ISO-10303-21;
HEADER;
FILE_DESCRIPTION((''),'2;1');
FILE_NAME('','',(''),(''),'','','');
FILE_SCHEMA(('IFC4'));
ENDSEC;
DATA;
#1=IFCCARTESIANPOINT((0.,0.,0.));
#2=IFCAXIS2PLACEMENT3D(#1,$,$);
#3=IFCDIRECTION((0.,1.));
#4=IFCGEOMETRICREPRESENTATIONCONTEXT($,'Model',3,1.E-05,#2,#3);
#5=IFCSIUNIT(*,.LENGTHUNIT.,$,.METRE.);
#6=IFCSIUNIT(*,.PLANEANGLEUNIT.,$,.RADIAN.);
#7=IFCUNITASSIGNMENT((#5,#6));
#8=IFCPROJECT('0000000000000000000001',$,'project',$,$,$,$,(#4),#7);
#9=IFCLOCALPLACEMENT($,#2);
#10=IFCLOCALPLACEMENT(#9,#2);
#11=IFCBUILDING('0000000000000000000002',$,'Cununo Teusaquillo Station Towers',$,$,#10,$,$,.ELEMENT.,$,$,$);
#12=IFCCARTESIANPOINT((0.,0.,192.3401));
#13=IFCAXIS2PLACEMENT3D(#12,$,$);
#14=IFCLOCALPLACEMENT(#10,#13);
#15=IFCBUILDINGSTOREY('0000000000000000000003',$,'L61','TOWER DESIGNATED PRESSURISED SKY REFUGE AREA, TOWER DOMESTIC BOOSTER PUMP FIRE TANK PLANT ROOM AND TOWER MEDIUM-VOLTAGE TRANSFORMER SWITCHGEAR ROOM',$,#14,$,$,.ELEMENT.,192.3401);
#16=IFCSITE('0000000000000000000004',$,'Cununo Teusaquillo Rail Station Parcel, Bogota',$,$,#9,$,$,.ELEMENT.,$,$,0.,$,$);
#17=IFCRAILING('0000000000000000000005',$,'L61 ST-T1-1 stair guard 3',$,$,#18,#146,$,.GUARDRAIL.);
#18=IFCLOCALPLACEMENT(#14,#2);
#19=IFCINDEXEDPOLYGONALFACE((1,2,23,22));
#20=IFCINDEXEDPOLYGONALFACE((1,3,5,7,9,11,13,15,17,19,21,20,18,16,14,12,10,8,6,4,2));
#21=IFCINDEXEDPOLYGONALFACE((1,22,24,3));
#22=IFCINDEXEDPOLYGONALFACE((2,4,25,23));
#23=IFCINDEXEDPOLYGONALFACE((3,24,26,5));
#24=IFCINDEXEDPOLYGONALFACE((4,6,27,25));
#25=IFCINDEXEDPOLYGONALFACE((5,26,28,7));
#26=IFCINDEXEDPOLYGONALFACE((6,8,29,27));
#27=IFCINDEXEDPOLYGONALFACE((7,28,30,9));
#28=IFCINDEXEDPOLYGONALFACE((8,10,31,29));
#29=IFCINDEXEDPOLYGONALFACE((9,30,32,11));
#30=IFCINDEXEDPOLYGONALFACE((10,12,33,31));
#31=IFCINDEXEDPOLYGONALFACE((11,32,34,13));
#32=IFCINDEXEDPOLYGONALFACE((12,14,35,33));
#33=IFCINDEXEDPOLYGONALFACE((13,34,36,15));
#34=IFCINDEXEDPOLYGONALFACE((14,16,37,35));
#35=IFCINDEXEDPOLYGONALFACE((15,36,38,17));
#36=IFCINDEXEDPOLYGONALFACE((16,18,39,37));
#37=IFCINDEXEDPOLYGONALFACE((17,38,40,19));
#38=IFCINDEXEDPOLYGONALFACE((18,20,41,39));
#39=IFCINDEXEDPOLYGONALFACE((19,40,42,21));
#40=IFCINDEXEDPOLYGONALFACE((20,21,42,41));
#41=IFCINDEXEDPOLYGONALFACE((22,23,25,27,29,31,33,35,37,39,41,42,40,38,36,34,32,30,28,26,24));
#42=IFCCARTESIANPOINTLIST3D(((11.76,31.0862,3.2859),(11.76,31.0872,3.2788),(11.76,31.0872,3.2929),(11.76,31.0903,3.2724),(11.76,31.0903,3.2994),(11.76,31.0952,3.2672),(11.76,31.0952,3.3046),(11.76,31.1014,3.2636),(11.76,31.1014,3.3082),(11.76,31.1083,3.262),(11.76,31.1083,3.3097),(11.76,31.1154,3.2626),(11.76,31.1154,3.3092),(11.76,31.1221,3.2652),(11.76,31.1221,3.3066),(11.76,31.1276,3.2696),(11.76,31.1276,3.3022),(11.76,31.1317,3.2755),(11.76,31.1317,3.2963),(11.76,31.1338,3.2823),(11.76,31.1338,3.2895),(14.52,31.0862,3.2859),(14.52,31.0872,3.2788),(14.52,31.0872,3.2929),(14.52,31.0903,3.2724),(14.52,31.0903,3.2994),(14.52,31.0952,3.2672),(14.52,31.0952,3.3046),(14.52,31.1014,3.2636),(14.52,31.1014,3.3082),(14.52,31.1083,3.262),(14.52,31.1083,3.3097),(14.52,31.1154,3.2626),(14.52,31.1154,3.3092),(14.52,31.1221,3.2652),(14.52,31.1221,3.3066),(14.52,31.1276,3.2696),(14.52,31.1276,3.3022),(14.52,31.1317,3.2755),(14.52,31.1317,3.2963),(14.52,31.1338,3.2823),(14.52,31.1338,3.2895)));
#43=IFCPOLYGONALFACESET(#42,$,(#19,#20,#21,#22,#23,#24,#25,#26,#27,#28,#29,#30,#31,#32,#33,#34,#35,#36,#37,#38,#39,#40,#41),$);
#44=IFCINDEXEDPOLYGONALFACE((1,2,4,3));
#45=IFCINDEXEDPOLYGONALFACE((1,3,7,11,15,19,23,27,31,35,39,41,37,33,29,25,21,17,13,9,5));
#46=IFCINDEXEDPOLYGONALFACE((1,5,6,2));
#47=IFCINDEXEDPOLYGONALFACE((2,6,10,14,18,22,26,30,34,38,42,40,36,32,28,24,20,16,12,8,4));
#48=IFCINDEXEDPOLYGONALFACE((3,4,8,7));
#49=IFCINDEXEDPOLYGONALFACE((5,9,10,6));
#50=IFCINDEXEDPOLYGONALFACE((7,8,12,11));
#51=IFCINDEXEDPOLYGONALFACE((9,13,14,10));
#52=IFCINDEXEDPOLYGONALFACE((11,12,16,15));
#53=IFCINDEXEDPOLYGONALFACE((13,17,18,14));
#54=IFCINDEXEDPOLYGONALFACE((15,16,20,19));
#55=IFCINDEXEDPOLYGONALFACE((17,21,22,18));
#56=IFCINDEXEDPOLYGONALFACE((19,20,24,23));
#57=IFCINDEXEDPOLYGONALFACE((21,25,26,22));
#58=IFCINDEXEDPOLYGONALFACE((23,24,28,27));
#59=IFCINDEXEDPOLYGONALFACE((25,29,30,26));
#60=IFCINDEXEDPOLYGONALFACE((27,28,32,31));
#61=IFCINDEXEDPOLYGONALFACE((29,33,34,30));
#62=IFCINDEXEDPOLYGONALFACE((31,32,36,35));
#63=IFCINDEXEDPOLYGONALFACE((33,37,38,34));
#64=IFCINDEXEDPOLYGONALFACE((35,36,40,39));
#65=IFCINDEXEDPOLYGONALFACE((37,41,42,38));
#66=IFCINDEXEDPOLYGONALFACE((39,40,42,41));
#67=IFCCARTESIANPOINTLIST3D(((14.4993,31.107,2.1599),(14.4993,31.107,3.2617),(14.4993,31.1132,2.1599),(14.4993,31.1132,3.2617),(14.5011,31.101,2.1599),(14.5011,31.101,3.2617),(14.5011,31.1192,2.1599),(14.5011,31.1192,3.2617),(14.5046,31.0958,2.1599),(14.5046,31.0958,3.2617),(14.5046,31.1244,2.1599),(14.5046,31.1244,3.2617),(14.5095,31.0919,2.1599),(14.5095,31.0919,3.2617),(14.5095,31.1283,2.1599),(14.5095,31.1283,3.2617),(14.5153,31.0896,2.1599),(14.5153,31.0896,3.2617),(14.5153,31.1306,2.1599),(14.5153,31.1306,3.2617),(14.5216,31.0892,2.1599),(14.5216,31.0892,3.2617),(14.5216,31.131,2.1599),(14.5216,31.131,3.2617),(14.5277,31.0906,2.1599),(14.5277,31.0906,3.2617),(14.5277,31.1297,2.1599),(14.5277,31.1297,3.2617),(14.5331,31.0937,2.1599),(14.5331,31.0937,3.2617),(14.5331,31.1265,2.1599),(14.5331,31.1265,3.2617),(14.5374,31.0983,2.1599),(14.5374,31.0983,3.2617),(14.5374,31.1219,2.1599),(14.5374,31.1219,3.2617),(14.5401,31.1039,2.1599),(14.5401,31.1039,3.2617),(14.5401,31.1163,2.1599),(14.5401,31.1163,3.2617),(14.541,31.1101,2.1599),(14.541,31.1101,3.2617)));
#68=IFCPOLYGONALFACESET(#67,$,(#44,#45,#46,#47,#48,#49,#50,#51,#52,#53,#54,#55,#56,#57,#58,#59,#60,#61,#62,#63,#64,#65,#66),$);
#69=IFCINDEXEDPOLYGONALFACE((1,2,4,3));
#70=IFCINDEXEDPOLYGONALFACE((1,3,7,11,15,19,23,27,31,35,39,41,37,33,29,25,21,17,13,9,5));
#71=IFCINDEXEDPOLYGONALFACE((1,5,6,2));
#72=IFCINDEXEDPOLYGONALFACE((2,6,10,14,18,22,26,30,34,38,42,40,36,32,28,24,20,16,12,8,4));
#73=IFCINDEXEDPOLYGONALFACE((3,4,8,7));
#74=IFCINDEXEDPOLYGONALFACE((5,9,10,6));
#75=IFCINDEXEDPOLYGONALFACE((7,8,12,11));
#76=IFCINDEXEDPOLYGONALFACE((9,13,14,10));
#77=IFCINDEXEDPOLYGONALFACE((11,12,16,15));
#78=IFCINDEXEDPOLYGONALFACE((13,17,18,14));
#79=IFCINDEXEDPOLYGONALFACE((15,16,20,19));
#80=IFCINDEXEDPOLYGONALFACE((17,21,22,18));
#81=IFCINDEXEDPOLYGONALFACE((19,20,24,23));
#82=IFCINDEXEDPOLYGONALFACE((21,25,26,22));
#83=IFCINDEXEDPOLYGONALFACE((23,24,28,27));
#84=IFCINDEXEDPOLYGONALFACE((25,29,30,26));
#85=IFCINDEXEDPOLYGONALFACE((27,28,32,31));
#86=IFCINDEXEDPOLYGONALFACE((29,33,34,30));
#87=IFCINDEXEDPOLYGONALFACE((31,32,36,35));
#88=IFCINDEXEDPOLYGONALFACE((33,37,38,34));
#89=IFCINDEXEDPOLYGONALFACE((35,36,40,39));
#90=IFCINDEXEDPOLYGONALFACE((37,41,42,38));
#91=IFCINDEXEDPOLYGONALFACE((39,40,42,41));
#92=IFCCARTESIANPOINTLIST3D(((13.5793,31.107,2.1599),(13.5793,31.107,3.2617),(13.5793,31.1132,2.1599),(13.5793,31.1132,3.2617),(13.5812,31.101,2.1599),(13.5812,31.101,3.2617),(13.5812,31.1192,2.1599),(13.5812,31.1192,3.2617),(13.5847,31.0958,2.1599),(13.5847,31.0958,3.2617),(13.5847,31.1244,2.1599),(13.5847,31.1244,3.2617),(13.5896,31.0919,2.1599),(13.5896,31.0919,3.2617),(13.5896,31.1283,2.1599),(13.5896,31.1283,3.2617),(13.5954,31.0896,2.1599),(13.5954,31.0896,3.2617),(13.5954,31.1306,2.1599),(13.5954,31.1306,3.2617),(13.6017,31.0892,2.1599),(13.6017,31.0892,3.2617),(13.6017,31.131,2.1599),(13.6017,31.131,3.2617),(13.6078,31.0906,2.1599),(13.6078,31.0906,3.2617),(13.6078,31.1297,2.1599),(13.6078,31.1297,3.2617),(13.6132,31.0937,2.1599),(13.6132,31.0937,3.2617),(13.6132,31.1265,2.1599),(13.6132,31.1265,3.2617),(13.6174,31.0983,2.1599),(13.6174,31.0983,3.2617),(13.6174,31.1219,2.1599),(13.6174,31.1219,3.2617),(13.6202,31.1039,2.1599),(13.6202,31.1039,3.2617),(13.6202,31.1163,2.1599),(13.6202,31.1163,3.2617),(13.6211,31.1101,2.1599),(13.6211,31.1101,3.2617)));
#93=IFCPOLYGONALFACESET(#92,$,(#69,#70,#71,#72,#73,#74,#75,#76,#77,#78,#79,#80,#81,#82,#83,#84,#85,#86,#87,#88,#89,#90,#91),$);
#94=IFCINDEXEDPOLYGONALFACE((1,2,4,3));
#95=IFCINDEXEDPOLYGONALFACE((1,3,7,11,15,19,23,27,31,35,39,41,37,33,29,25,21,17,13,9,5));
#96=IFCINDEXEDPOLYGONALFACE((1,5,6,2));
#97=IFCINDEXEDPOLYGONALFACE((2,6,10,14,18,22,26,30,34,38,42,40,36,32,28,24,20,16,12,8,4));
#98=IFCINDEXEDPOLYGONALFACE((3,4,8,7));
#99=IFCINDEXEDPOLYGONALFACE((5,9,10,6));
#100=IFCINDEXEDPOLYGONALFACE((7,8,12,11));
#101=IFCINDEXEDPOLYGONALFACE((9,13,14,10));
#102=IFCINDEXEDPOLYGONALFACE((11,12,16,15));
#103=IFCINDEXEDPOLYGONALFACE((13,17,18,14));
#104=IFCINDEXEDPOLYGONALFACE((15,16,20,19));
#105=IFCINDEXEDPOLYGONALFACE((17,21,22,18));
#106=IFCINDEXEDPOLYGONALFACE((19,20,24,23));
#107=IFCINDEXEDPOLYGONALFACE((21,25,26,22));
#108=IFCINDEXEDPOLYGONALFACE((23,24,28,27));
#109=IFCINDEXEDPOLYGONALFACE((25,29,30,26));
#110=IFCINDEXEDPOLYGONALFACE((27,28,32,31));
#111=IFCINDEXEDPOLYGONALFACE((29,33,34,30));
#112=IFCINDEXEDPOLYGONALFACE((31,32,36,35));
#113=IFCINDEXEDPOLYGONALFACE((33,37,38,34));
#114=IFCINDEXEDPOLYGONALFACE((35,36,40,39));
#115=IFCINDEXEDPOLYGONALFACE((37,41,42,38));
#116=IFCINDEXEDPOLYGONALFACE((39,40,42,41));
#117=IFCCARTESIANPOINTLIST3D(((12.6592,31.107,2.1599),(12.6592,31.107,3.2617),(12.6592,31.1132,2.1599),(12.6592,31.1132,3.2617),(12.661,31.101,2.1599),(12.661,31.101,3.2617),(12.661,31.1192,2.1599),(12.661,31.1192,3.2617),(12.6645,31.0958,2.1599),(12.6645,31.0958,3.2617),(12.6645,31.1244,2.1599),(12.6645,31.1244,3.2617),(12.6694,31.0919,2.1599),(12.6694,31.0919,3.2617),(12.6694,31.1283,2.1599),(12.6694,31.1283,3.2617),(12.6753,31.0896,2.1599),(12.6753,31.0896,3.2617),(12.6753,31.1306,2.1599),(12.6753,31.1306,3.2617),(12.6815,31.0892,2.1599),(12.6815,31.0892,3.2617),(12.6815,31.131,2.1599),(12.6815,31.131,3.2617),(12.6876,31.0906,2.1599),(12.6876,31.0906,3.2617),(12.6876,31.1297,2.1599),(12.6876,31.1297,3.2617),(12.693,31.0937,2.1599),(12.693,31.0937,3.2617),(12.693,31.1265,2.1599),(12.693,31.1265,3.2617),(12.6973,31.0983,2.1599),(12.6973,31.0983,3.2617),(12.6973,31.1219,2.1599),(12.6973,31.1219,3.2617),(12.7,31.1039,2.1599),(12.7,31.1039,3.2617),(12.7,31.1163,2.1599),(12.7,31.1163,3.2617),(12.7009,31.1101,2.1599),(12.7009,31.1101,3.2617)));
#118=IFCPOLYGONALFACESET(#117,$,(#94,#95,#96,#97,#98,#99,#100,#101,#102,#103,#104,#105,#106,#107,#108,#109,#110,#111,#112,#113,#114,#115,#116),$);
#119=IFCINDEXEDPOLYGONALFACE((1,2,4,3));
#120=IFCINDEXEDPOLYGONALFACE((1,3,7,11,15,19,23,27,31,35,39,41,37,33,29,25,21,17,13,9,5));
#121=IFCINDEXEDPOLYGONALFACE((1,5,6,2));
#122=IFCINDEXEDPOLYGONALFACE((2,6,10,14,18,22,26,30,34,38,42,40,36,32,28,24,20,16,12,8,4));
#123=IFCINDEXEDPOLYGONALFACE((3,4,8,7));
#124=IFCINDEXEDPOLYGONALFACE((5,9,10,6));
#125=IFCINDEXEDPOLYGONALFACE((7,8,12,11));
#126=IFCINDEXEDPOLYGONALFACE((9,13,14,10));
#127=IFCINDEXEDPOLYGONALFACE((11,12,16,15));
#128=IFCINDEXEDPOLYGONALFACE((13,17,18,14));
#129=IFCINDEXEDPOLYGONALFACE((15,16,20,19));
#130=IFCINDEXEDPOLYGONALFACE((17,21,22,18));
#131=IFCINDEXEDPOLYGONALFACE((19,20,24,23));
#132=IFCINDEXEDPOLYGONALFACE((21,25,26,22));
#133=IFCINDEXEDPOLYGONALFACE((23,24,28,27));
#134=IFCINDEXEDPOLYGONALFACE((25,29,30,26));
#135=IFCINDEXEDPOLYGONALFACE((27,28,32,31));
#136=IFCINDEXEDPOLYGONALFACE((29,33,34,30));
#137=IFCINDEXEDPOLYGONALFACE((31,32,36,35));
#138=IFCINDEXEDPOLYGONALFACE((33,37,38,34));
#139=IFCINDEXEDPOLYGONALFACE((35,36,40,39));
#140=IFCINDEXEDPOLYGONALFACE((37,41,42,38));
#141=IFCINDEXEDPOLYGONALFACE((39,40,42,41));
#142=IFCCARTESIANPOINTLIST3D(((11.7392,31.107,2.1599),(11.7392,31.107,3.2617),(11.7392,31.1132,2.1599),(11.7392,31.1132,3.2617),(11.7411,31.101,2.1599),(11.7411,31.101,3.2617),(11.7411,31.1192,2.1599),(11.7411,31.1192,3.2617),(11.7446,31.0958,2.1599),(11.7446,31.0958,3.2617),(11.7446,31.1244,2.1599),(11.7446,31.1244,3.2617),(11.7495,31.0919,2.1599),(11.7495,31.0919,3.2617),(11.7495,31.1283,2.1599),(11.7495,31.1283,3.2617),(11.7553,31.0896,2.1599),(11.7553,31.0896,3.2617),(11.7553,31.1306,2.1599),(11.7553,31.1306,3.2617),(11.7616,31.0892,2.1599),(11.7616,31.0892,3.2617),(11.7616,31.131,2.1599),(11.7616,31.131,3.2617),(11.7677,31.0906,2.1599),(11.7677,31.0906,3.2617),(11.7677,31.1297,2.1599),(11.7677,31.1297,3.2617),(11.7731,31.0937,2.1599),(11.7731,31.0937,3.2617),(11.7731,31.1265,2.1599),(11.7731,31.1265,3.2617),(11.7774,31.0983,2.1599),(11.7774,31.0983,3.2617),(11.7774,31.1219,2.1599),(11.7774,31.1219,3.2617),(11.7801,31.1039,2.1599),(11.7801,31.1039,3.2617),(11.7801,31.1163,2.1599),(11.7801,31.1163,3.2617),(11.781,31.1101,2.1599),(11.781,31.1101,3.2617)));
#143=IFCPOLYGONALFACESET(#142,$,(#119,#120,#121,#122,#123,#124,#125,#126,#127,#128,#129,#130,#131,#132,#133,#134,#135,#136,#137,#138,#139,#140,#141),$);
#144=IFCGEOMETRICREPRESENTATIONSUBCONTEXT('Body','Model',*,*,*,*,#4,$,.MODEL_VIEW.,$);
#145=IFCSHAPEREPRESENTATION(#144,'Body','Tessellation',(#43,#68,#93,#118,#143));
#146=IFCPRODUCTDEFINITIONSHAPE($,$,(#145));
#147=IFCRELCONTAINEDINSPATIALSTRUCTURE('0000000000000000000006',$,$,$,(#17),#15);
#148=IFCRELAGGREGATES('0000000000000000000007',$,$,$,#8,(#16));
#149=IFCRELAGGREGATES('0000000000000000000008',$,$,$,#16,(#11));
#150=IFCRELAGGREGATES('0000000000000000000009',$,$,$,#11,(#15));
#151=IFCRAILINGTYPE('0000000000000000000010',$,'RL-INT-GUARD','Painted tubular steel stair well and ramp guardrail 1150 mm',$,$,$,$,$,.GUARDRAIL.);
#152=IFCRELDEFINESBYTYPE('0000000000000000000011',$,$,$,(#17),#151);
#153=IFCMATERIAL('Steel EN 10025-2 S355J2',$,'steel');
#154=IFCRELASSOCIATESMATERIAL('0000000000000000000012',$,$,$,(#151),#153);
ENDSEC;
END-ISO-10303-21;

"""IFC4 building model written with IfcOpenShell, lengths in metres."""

from ifc_helpers import new_model, si_unit, direction, frame, origin, origin_2d, place, context, subcontext, project, spatial, circle, extrude, material, type_object, element, save


model = new_model("IFC4")

# Units and contexts
model_context = context("Model", 3, precision=1e-05, world=origin(), true_north=direction((0.0, 1.0)))
body_context = subcontext(model_context, "Body", "Model", "MODEL_VIEW")
ifc_project = project(units=[si_unit("LENGTHUNIT", "METRE"), si_unit("PLANEANGLEUNIT", "RADIAN")], contexts=[model_context])

# Site, building, storey
site_placement = place(None, origin())
site = spatial("IfcSite", under=ifc_project, at=site_placement, Name="Cununo Teusaquillo Rail Station Parcel, Bogota", CompositionType="ELEMENT", RefElevation=0.0)
building_placement = place(site_placement, origin())
building = spatial("IfcBuilding", under=site, at=building_placement, Name="Cununo Teusaquillo Station Towers", CompositionType="ELEMENT")
storey_placement = place(building_placement, frame((0.0, 0.0, 192.3401)))
storey = spatial("IfcBuildingStorey", under=building, at=storey_placement, Name="L61", Description="TOWER DESIGNATED PRESSURISED SKY REFUGE AREA, TOWER DOMESTIC BOOSTER PUMP FIRE TANK PLANT ROOM AND TOWER MEDIUM-VOLTAGE TRANSFORMER SWITCHGEAR ROOM", CompositionType="ELEMENT", Elevation=192.3401)

# Railing
ifc_material_1 = material(Name="Steel EN 10025-2 S355J2", Category="steel")
railing_type = type_object("IfcRailingType", Name="RL-INT-GUARD", Description="Painted tubular steel stair well and ramp guardrail 1150 mm", PredefinedType="GUARDRAIL", material=ifc_material_1)
railing_1_placement = place(storey_placement, frame((14.52, 31.1101, 2.1599)))
element("IfcRailing", 1, at=railing_1_placement, inside=storey, type_object=railing_type, Name="L61 ST-T1-1 stair guard 3", PredefinedType="GUARDRAIL", context=body_context, shape_type="SweptSolid", body=[
    extrude(circle(Radius=0.0239, at=origin_2d()), frame((0.0, 0.0, 1.126), z_axis=(-1.0, 0.0, 0.0), x_axis=(0.0, -1.0, 0.0)), (0.0, 0.0, 1.0), 2.76),
    extrude(circle(Radius=0.021, at=origin_2d()), origin(), (0.0, 0.0, 1.0), 1.1018),
    extrude(circle(Radius=0.021, at=origin_2d()), frame((-0.9199, 0.0, 0.0)), (0.0, 0.0, 1.0), 1.1018),
    extrude(circle(Radius=0.021, at=origin_2d()), frame((-1.8401, 0.0, 0.0)), (0.0, 0.0, 1.0), 1.1018),
    extrude(circle(Radius=0.021, at=origin_2d()), frame((-2.76, 0.0, 0.0)), (0.0, 0.0, 1.0), 1.1018),
])

save(model, "model.ifc")
